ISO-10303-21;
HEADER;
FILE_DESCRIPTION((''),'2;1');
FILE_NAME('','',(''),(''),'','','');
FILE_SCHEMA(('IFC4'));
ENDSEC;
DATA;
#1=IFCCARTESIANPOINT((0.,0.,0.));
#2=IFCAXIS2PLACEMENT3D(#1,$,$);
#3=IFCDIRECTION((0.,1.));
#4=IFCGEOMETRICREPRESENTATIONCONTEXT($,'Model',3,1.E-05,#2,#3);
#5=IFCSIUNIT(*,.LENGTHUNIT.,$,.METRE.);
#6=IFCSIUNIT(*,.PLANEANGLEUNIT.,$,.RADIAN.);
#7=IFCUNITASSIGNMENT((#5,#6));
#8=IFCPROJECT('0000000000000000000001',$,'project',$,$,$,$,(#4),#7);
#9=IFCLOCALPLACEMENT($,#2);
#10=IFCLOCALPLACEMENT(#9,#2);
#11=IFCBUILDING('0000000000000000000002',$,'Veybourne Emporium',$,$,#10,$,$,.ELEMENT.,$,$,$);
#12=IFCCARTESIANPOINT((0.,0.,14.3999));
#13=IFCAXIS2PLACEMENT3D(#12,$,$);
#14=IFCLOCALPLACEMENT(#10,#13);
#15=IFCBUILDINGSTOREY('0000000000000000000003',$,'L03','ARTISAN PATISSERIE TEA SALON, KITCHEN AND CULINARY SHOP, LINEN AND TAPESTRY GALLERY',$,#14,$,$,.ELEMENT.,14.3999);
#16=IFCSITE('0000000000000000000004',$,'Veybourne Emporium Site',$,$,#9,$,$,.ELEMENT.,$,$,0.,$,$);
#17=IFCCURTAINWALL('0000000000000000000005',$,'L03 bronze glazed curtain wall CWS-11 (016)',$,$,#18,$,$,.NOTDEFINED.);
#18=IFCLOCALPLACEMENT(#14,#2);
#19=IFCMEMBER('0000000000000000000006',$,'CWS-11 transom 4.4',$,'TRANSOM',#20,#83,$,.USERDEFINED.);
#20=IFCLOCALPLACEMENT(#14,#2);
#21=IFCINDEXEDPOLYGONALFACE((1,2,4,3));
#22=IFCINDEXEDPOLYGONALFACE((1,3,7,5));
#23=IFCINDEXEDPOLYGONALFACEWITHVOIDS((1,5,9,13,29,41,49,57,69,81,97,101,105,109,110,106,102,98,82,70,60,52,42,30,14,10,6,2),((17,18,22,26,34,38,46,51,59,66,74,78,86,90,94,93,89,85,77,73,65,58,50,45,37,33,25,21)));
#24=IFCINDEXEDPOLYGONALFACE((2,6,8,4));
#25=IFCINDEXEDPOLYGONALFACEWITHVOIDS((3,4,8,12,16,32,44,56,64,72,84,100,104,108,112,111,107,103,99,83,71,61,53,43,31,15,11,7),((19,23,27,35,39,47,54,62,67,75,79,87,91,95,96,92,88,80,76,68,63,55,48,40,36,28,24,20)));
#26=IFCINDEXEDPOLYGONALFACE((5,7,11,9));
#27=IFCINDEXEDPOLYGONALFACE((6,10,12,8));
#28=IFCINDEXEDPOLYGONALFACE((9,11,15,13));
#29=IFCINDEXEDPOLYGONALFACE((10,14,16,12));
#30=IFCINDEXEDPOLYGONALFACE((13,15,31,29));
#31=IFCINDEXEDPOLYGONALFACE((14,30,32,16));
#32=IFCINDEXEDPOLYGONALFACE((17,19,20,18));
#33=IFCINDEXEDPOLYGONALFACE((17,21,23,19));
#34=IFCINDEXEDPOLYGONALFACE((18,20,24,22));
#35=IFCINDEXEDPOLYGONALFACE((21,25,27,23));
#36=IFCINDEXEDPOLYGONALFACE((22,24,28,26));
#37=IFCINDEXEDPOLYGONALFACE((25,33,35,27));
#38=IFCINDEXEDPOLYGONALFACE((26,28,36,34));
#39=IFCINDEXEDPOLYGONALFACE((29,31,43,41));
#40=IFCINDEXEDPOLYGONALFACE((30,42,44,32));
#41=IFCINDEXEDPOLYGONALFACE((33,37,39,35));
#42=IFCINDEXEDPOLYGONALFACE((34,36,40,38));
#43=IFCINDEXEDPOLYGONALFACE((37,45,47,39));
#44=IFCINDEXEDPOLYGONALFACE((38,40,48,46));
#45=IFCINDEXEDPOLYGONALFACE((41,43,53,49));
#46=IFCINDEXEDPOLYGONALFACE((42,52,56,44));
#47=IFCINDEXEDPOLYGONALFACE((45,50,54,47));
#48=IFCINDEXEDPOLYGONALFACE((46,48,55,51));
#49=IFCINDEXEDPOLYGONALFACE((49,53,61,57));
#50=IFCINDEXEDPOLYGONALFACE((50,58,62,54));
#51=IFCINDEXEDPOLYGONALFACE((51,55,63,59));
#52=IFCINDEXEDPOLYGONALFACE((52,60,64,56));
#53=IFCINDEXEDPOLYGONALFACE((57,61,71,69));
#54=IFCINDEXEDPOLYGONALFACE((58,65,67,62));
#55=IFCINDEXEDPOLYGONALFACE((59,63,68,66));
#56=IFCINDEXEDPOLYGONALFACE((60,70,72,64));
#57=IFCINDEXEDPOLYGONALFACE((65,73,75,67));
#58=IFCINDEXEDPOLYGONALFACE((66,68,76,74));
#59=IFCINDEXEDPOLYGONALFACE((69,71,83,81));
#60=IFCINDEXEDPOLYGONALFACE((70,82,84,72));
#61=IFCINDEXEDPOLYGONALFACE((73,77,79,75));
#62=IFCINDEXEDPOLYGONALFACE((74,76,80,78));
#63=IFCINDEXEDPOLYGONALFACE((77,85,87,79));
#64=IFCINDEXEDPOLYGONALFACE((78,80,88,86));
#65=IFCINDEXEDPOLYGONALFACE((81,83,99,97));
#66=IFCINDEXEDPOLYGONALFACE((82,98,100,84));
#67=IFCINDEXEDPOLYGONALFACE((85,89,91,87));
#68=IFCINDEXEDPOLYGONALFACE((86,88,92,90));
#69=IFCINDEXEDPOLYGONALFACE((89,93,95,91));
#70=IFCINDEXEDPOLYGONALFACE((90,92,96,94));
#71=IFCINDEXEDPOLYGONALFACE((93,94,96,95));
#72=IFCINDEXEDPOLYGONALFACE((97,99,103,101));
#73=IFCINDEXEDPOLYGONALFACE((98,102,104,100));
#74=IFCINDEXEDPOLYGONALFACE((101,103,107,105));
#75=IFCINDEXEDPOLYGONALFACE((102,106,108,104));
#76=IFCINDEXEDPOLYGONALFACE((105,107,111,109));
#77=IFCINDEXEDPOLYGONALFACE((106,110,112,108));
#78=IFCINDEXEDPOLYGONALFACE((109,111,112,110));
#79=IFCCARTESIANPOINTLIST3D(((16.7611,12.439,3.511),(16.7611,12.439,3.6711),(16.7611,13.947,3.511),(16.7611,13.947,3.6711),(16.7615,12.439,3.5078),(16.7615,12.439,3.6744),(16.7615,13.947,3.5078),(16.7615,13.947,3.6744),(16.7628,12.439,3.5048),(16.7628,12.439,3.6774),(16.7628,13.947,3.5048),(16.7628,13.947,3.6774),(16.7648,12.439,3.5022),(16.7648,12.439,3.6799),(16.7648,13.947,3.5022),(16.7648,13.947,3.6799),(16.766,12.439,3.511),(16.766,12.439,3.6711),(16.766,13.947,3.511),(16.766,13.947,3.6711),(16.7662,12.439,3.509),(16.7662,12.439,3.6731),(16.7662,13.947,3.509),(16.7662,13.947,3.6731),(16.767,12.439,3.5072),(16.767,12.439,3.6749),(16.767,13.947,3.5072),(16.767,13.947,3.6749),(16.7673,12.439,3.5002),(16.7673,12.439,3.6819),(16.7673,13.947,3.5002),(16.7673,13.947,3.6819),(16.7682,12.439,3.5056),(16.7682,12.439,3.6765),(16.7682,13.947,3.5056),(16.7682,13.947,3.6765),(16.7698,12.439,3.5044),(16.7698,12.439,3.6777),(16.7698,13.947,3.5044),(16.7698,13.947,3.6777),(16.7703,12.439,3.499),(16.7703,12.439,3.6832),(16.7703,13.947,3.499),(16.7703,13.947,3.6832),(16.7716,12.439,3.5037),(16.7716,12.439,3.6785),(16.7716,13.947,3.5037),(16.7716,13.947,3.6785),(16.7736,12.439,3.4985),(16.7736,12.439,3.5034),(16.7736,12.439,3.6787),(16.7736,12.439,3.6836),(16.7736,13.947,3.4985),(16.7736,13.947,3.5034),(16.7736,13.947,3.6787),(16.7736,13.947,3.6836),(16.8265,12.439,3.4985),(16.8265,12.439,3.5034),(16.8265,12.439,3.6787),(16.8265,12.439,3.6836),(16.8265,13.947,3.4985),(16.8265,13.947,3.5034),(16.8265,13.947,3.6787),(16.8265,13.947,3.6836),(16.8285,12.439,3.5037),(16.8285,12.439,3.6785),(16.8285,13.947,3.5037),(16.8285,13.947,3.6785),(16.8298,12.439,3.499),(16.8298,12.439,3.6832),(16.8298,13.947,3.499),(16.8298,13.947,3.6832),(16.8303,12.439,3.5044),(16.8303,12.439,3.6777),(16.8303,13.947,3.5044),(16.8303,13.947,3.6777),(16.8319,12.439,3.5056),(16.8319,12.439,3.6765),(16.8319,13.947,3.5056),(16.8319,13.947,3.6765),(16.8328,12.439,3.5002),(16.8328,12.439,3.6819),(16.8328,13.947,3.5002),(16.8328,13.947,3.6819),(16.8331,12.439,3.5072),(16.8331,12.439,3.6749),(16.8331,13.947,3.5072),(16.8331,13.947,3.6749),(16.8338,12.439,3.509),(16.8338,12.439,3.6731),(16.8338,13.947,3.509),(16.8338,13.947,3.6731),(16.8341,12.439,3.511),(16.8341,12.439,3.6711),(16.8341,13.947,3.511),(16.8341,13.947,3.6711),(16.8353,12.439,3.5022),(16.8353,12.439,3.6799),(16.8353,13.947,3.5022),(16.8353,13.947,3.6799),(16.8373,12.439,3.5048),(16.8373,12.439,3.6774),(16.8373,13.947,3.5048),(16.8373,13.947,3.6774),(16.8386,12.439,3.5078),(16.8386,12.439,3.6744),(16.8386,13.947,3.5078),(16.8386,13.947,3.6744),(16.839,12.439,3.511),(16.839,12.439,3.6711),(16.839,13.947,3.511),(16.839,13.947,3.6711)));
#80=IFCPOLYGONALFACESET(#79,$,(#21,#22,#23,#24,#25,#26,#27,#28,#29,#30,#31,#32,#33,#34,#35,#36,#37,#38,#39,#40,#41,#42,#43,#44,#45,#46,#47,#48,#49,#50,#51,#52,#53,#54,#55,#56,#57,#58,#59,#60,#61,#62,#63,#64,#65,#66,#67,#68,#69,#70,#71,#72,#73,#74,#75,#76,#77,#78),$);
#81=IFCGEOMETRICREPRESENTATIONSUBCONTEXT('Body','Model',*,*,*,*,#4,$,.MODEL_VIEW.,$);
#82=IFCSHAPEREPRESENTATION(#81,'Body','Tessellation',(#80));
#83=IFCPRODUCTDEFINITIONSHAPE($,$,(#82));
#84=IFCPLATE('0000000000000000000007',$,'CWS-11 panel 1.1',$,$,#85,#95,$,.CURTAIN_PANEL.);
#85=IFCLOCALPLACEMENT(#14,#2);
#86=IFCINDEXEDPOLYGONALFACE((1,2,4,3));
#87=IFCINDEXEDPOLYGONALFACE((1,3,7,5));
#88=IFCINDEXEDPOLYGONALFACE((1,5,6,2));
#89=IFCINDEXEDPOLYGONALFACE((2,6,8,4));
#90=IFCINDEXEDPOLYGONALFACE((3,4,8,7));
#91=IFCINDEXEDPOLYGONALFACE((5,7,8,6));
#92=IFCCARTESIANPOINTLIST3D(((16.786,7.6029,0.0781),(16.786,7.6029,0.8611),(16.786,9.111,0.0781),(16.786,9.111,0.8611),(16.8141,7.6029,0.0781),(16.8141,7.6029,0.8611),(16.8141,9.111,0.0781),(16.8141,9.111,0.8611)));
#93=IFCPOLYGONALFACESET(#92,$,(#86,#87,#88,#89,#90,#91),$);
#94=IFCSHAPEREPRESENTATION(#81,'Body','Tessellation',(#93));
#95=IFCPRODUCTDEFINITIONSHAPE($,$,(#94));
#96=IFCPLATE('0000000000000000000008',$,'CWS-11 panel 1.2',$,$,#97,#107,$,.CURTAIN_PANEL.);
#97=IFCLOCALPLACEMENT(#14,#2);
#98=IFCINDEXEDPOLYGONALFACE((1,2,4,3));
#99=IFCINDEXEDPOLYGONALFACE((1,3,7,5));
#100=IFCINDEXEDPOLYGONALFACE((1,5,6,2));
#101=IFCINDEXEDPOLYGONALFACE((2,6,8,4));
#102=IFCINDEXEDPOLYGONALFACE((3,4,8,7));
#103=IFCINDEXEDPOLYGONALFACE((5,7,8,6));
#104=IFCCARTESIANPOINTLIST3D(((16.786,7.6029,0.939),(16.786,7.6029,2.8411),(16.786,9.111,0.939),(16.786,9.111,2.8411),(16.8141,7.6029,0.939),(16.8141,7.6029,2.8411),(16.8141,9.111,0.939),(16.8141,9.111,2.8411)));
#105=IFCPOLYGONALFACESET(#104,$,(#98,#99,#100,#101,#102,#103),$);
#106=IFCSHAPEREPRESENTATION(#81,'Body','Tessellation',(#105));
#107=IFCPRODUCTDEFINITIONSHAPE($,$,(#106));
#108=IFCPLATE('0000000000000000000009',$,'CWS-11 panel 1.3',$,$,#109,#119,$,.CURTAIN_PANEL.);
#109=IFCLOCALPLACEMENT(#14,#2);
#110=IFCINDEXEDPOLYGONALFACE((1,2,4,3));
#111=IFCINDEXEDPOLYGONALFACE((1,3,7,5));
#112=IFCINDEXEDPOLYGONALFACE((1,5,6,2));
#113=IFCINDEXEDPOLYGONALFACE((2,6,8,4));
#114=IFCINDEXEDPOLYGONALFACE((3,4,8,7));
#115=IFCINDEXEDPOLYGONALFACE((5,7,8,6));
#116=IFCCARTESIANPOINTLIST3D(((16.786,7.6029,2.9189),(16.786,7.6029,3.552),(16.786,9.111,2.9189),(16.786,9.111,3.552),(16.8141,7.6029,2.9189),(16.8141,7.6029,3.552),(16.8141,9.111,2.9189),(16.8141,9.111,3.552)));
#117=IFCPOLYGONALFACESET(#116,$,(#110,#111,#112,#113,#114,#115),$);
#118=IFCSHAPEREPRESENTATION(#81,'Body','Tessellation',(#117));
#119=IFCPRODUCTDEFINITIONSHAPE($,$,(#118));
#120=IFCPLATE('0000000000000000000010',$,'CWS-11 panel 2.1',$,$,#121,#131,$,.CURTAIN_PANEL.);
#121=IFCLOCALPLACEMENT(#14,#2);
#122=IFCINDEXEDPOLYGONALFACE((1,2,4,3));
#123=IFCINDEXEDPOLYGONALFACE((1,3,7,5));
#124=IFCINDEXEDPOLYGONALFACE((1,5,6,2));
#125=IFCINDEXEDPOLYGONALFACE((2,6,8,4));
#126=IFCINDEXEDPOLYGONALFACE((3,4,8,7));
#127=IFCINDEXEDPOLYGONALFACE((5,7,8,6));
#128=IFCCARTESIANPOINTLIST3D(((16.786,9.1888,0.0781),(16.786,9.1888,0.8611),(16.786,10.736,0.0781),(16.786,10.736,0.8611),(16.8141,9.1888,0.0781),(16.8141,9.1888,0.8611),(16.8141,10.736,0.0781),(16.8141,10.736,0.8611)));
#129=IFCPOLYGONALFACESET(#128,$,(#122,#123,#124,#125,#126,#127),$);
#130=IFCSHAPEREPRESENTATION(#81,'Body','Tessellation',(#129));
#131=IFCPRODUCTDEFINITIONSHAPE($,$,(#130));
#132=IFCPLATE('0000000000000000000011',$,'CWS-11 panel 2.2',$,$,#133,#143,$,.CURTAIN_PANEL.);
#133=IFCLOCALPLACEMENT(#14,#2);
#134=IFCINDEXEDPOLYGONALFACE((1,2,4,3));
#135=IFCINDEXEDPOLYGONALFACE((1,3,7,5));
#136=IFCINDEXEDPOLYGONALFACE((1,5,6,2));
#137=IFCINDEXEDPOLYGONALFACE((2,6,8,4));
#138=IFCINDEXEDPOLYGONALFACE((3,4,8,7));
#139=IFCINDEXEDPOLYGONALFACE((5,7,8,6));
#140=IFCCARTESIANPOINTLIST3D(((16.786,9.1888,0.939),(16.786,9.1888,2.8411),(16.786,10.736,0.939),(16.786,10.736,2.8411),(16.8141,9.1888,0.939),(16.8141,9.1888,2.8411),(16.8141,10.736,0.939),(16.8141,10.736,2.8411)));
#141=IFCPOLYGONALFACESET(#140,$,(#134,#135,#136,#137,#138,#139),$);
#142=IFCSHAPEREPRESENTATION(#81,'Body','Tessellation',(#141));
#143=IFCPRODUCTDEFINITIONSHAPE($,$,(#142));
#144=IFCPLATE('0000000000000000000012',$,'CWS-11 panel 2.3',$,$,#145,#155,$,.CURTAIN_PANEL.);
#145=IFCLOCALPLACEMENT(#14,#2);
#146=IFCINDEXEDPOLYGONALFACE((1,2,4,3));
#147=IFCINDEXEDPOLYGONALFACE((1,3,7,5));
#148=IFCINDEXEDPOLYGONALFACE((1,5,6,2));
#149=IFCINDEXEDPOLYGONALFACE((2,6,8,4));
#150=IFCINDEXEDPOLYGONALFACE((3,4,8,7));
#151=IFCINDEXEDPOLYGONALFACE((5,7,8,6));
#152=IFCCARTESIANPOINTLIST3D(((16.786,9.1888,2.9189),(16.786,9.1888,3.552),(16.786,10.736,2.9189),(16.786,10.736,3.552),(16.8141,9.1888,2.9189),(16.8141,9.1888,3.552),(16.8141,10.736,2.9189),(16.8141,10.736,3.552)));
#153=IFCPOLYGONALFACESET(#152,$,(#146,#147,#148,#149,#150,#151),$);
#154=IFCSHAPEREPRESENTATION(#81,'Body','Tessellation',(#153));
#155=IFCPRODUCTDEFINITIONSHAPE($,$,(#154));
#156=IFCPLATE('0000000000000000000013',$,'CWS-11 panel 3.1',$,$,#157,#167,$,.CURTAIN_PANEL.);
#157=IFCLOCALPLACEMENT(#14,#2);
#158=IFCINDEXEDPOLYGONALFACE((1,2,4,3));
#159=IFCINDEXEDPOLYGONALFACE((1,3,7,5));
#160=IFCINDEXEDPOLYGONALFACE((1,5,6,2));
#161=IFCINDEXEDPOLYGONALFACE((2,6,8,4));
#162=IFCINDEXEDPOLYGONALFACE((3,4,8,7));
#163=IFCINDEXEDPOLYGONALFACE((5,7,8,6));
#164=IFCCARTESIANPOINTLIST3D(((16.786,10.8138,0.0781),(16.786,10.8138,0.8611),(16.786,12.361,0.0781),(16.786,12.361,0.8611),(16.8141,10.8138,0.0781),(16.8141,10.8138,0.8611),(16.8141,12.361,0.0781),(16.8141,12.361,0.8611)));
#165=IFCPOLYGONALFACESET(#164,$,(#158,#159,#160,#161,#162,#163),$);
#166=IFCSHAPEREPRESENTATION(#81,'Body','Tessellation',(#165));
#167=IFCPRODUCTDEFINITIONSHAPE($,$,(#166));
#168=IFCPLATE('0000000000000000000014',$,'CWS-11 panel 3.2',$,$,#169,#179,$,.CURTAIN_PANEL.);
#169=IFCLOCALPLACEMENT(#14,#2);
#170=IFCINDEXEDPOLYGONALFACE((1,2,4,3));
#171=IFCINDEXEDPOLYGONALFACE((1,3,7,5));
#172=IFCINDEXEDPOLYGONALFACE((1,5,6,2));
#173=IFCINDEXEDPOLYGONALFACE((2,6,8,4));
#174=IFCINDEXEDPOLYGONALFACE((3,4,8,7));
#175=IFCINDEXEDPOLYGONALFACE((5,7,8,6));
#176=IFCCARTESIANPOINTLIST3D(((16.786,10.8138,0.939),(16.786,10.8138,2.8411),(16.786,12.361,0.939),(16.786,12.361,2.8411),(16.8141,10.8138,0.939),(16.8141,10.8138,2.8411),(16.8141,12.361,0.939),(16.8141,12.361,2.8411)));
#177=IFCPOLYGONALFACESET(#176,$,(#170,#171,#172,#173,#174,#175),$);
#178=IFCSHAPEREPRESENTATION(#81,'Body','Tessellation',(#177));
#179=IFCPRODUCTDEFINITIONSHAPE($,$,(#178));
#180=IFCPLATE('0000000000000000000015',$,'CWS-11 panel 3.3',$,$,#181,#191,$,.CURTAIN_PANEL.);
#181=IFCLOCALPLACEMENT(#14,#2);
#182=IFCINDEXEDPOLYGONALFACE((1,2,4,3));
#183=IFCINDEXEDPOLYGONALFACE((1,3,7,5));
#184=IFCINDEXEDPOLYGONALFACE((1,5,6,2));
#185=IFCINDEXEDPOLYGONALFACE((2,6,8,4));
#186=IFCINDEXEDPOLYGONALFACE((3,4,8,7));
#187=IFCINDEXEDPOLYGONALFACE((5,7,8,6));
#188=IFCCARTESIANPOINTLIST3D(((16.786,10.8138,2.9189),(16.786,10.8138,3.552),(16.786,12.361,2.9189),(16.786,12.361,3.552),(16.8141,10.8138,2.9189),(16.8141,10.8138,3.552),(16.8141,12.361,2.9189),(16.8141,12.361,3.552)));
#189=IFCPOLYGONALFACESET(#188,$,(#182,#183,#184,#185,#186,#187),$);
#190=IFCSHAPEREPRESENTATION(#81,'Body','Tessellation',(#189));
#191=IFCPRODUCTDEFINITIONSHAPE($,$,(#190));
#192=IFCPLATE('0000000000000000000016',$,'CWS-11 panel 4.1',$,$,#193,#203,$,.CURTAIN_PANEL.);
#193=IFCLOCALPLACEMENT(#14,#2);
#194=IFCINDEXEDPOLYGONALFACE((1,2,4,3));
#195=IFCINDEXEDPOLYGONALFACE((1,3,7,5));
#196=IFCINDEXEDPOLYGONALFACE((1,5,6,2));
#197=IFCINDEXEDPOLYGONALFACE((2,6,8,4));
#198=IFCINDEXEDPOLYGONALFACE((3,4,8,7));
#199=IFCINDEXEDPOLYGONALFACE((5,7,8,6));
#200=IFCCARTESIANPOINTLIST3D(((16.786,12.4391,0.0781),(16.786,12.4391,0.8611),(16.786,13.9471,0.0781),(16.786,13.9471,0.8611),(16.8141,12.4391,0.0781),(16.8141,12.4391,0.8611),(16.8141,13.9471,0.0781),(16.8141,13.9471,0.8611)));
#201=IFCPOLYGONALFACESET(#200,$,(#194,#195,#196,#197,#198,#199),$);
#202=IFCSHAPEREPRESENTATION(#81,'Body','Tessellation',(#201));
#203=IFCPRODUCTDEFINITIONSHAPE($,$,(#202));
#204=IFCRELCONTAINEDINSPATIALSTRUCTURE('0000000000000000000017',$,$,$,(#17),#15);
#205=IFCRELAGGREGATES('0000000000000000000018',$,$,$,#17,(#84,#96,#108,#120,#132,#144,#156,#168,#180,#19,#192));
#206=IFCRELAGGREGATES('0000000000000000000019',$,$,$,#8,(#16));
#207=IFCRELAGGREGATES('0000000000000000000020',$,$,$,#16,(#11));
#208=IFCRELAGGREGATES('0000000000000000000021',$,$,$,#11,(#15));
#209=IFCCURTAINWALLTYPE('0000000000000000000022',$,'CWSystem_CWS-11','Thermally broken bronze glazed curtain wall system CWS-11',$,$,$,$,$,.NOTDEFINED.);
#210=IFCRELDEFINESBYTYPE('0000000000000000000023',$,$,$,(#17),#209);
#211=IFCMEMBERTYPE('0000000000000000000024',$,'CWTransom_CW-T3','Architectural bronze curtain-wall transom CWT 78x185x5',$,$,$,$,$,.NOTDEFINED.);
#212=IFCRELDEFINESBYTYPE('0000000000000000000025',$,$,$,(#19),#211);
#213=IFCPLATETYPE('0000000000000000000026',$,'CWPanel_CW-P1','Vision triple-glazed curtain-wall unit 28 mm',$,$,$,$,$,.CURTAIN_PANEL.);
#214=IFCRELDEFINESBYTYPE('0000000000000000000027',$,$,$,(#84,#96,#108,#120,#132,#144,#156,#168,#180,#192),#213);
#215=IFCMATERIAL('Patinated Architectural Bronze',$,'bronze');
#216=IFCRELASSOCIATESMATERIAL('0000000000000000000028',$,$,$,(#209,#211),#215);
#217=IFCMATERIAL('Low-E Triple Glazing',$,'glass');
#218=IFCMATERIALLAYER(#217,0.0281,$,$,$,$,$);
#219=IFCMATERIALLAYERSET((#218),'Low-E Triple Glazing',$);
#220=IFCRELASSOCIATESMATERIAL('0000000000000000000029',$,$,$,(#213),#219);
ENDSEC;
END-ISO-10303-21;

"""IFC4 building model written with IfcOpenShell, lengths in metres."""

from ifc_helpers import new_model, si_unit, direction, frame, origin, origin_2d, place, context, subcontext, project, spatial, rectangle, hollow_rectangle, extrude, material, layer, layer_set, material_profile, profile_set, type_object, element, aggregate, save


model = new_model("IFC4")

# Units and contexts
model_context = context("Model", 3, precision=1e-05, world=origin(), true_north=direction((0.0, 1.0)))
body_context = subcontext(model_context, "Body", "Model", "MODEL_VIEW")
ifc_project = project(units=[si_unit("LENGTHUNIT", "METRE"), si_unit("PLANEANGLEUNIT", "RADIAN")], contexts=[model_context])

# Site, building, storey
site_placement = place(None, origin())
site = spatial("IfcSite", under=ifc_project, at=site_placement, Name="Veybourne Emporium Site", CompositionType="ELEMENT", RefElevation=0.0)
building_placement = place(site_placement, origin())
building = spatial("IfcBuilding", under=site, at=building_placement, Name="Veybourne Emporium", CompositionType="ELEMENT")
storey_placement = place(building_placement, frame((0.0, 0.0, 14.3999)))
storey = spatial("IfcBuildingStorey", under=building, at=storey_placement, Name="L03", Description="ARTISAN PATISSERIE TEA SALON, KITCHEN AND CULINARY SHOP, LINEN AND TAPESTRY GALLERY", CompositionType="ELEMENT", Elevation=14.3999)

# Curtain wall, member, plates
ifc_material_1 = material(Name="Patinated Architectural Bronze", Category="bronze")
curtain_wall_type = type_object("IfcCurtainWallType", Name="CWSystem_CWS-11", Description="Thermally broken bronze glazed curtain wall system CWS-11", PredefinedType="NOTDEFINED", material=ifc_material_1)
curtain_wall_placement = place(storey_placement, origin())
curtain_wall = element("IfcCurtainWall", 1, at=curtain_wall_placement, inside=storey, type_object=curtain_wall_type, Name="L03 bronze glazed curtain wall CWS-11 (016)", PredefinedType="NOTDEFINED")
ifc_material_profile_1 = material_profile(ifc_material_1, hollow_rectangle(XDim=0.0779, YDim=0.1851, WallThickness=0.0049, InnerFilletRadius=0.0076, OuterFilletRadius=0.0125, at=origin_2d()), Name="CWT 78x185x5")
ifc_profile_set_1 = profile_set([ifc_material_profile_1], Name="Patinated Architectural Bronze")
member_type_1 = type_object("IfcMemberType", Name="CWTransom_CW-T3", Description="Architectural bronze curtain-wall transom CWT 78x185x5", PredefinedType="NOTDEFINED", material=ifc_profile_set_1)
member_1_placement = place(storey_placement, frame((16.8, 12.439, 3.5911), z_axis=(0.0, 1.0, 0.0), x_axis=(-1.0, 0.0, 0.0)))
member_1 = element("IfcMember", 2, at=member_1_placement, type_object=member_type_1, Name="CWS-11 transom 4.4", ObjectType="TRANSOM", PredefinedType="USERDEFINED", context=body_context, shape_type="SweptSolid", body=[
    extrude(hollow_rectangle(XDim=0.0779, YDim=0.1851, WallThickness=0.0049, InnerFilletRadius=0.0076, OuterFilletRadius=0.0125, at=origin_2d()), origin(), (0.0, 0.0, 1.0), 1.5081),
])
ifc_material_2 = material(Name="Low-E Triple Glazing", Category="glass")
ifc_layer_1 = layer(ifc_material_2, 0.0281)
ifc_layer_set_1 = layer_set([ifc_layer_1], Name="Low-E Triple Glazing")
plate_type = type_object("IfcPlateType", Name="CWPanel_CW-P1", Description="Vision triple-glazed curtain-wall unit 28 mm", PredefinedType="CURTAIN_PANEL", material=ifc_layer_set_1)
plate_1_placement = place(storey_placement, frame((16.8, 8.3569, 0.0781), z_axis=(0.0, 0.0, 1.0), x_axis=(0.0, 1.0, 0.0)))
plate_1 = element("IfcPlate", 3, at=plate_1_placement, type_object=plate_type, Name="CWS-11 panel 1.1", PredefinedType="CURTAIN_PANEL", context=body_context, shape_type="SweptSolid", body=[
    extrude(rectangle(XDim=1.5081, YDim=0.0281, at=origin_2d()), origin(), (0.0, 0.0, 1.0), 0.783),
])
plate_2_placement = place(storey_placement, frame((16.8, 8.3569, 0.939), z_axis=(0.0, 0.0, 1.0), x_axis=(0.0, 1.0, 0.0)))
plate_2 = element("IfcPlate", 4, at=plate_2_placement, type_object=plate_type, Name="CWS-11 panel 1.2", PredefinedType="CURTAIN_PANEL", context=body_context, shape_type="SweptSolid", body=[
    extrude(rectangle(XDim=1.5081, YDim=0.0281, at=origin_2d()), origin(), (0.0, 0.0, 1.0), 1.9021),
])
plate_3_placement = place(storey_placement, frame((16.8, 8.3569, 2.9189), z_axis=(0.0, 0.0, 1.0), x_axis=(0.0, 1.0, 0.0)))
plate_3 = element("IfcPlate", 5, at=plate_3_placement, type_object=plate_type, Name="CWS-11 panel 1.3", PredefinedType="CURTAIN_PANEL", context=body_context, shape_type="SweptSolid", body=[
    extrude(rectangle(XDim=1.5081, YDim=0.0281, at=origin_2d()), origin(), (0.0, 0.0, 1.0), 0.6331),
])
plate_4_placement = place(storey_placement, frame((16.8, 9.9624, 0.0781), z_axis=(0.0, 0.0, 1.0), x_axis=(0.0, 1.0, 0.0)))
plate_4 = element("IfcPlate", 6, at=plate_4_placement, type_object=plate_type, Name="CWS-11 panel 2.1", PredefinedType="CURTAIN_PANEL", context=body_context, shape_type="SweptSolid", body=[
    extrude(rectangle(XDim=1.5471, YDim=0.0281, at=origin_2d()), origin(), (0.0, 0.0, 1.0), 0.783),
])
plate_5_placement = place(storey_placement, frame((16.8, 9.9624, 0.939), z_axis=(0.0, 0.0, 1.0), x_axis=(0.0, 1.0, 0.0)))
plate_5 = element("IfcPlate", 7, at=plate_5_placement, type_object=plate_type, Name="CWS-11 panel 2.2", PredefinedType="CURTAIN_PANEL", context=body_context, shape_type="SweptSolid", body=[
    extrude(rectangle(XDim=1.5471, YDim=0.0281, at=origin_2d()), origin(), (0.0, 0.0, 1.0), 1.9021),
])
plate_6_placement = place(storey_placement, frame((16.8, 9.9624, 2.9189), z_axis=(0.0, 0.0, 1.0), x_axis=(0.0, 1.0, 0.0)))
plate_6 = element("IfcPlate", 8, at=plate_6_placement, type_object=plate_type, Name="CWS-11 panel 2.3", PredefinedType="CURTAIN_PANEL", context=body_context, shape_type="SweptSolid", body=[
    extrude(rectangle(XDim=1.5471, YDim=0.0281, at=origin_2d()), origin(), (0.0, 0.0, 1.0), 0.6331),
])
plate_7_placement = place(storey_placement, frame((16.8, 11.5874, 0.0781), z_axis=(0.0, 0.0, 1.0), x_axis=(0.0, 1.0, 0.0)))
plate_7 = element("IfcPlate", 9, at=plate_7_placement, type_object=plate_type, Name="CWS-11 panel 3.1", PredefinedType="CURTAIN_PANEL", context=body_context, shape_type="SweptSolid", body=[
    extrude(rectangle(XDim=1.5471, YDim=0.0281, at=origin_2d()), origin(), (0.0, 0.0, 1.0), 0.783),
])
plate_8_placement = place(storey_placement, frame((16.8, 11.5874, 0.939), z_axis=(0.0, 0.0, 1.0), x_axis=(0.0, 1.0, 0.0)))
plate_8 = element("IfcPlate", 10, at=plate_8_placement, type_object=plate_type, Name="CWS-11 panel 3.2", PredefinedType="CURTAIN_PANEL", context=body_context, shape_type="SweptSolid", body=[
    extrude(rectangle(XDim=1.5471, YDim=0.0281, at=origin_2d()), origin(), (0.0, 0.0, 1.0), 1.9021),
])
plate_9_placement = place(storey_placement, frame((16.8, 11.5874, 2.9189), z_axis=(0.0, 0.0, 1.0), x_axis=(0.0, 1.0, 0.0)))
plate_9 = element("IfcPlate", 11, at=plate_9_placement, type_object=plate_type, Name="CWS-11 panel 3.3", PredefinedType="CURTAIN_PANEL", context=body_context, shape_type="SweptSolid", body=[
    extrude(rectangle(XDim=1.5471, YDim=0.0281, at=origin_2d()), origin(), (0.0, 0.0, 1.0), 0.6331),
])
plate_10_placement = place(storey_placement, frame((16.8, 13.1931, 0.0781), z_axis=(0.0, 0.0, 1.0), x_axis=(0.0, 1.0, 0.0)))
plate_10 = element("IfcPlate", 12, at=plate_10_placement, type_object=plate_type, Name="CWS-11 panel 4.1", PredefinedType="CURTAIN_PANEL", context=body_context, shape_type="SweptSolid", body=[
    extrude(rectangle(XDim=1.5081, YDim=0.0281, at=origin_2d()), origin(), (0.0, 0.0, 1.0), 0.783),
])
aggregate(curtain_wall, [plate_1, plate_2, plate_3, plate_4, plate_5, plate_6, plate_7, plate_8, plate_9, member_1, plate_10])

save(model, "model.ifc")
